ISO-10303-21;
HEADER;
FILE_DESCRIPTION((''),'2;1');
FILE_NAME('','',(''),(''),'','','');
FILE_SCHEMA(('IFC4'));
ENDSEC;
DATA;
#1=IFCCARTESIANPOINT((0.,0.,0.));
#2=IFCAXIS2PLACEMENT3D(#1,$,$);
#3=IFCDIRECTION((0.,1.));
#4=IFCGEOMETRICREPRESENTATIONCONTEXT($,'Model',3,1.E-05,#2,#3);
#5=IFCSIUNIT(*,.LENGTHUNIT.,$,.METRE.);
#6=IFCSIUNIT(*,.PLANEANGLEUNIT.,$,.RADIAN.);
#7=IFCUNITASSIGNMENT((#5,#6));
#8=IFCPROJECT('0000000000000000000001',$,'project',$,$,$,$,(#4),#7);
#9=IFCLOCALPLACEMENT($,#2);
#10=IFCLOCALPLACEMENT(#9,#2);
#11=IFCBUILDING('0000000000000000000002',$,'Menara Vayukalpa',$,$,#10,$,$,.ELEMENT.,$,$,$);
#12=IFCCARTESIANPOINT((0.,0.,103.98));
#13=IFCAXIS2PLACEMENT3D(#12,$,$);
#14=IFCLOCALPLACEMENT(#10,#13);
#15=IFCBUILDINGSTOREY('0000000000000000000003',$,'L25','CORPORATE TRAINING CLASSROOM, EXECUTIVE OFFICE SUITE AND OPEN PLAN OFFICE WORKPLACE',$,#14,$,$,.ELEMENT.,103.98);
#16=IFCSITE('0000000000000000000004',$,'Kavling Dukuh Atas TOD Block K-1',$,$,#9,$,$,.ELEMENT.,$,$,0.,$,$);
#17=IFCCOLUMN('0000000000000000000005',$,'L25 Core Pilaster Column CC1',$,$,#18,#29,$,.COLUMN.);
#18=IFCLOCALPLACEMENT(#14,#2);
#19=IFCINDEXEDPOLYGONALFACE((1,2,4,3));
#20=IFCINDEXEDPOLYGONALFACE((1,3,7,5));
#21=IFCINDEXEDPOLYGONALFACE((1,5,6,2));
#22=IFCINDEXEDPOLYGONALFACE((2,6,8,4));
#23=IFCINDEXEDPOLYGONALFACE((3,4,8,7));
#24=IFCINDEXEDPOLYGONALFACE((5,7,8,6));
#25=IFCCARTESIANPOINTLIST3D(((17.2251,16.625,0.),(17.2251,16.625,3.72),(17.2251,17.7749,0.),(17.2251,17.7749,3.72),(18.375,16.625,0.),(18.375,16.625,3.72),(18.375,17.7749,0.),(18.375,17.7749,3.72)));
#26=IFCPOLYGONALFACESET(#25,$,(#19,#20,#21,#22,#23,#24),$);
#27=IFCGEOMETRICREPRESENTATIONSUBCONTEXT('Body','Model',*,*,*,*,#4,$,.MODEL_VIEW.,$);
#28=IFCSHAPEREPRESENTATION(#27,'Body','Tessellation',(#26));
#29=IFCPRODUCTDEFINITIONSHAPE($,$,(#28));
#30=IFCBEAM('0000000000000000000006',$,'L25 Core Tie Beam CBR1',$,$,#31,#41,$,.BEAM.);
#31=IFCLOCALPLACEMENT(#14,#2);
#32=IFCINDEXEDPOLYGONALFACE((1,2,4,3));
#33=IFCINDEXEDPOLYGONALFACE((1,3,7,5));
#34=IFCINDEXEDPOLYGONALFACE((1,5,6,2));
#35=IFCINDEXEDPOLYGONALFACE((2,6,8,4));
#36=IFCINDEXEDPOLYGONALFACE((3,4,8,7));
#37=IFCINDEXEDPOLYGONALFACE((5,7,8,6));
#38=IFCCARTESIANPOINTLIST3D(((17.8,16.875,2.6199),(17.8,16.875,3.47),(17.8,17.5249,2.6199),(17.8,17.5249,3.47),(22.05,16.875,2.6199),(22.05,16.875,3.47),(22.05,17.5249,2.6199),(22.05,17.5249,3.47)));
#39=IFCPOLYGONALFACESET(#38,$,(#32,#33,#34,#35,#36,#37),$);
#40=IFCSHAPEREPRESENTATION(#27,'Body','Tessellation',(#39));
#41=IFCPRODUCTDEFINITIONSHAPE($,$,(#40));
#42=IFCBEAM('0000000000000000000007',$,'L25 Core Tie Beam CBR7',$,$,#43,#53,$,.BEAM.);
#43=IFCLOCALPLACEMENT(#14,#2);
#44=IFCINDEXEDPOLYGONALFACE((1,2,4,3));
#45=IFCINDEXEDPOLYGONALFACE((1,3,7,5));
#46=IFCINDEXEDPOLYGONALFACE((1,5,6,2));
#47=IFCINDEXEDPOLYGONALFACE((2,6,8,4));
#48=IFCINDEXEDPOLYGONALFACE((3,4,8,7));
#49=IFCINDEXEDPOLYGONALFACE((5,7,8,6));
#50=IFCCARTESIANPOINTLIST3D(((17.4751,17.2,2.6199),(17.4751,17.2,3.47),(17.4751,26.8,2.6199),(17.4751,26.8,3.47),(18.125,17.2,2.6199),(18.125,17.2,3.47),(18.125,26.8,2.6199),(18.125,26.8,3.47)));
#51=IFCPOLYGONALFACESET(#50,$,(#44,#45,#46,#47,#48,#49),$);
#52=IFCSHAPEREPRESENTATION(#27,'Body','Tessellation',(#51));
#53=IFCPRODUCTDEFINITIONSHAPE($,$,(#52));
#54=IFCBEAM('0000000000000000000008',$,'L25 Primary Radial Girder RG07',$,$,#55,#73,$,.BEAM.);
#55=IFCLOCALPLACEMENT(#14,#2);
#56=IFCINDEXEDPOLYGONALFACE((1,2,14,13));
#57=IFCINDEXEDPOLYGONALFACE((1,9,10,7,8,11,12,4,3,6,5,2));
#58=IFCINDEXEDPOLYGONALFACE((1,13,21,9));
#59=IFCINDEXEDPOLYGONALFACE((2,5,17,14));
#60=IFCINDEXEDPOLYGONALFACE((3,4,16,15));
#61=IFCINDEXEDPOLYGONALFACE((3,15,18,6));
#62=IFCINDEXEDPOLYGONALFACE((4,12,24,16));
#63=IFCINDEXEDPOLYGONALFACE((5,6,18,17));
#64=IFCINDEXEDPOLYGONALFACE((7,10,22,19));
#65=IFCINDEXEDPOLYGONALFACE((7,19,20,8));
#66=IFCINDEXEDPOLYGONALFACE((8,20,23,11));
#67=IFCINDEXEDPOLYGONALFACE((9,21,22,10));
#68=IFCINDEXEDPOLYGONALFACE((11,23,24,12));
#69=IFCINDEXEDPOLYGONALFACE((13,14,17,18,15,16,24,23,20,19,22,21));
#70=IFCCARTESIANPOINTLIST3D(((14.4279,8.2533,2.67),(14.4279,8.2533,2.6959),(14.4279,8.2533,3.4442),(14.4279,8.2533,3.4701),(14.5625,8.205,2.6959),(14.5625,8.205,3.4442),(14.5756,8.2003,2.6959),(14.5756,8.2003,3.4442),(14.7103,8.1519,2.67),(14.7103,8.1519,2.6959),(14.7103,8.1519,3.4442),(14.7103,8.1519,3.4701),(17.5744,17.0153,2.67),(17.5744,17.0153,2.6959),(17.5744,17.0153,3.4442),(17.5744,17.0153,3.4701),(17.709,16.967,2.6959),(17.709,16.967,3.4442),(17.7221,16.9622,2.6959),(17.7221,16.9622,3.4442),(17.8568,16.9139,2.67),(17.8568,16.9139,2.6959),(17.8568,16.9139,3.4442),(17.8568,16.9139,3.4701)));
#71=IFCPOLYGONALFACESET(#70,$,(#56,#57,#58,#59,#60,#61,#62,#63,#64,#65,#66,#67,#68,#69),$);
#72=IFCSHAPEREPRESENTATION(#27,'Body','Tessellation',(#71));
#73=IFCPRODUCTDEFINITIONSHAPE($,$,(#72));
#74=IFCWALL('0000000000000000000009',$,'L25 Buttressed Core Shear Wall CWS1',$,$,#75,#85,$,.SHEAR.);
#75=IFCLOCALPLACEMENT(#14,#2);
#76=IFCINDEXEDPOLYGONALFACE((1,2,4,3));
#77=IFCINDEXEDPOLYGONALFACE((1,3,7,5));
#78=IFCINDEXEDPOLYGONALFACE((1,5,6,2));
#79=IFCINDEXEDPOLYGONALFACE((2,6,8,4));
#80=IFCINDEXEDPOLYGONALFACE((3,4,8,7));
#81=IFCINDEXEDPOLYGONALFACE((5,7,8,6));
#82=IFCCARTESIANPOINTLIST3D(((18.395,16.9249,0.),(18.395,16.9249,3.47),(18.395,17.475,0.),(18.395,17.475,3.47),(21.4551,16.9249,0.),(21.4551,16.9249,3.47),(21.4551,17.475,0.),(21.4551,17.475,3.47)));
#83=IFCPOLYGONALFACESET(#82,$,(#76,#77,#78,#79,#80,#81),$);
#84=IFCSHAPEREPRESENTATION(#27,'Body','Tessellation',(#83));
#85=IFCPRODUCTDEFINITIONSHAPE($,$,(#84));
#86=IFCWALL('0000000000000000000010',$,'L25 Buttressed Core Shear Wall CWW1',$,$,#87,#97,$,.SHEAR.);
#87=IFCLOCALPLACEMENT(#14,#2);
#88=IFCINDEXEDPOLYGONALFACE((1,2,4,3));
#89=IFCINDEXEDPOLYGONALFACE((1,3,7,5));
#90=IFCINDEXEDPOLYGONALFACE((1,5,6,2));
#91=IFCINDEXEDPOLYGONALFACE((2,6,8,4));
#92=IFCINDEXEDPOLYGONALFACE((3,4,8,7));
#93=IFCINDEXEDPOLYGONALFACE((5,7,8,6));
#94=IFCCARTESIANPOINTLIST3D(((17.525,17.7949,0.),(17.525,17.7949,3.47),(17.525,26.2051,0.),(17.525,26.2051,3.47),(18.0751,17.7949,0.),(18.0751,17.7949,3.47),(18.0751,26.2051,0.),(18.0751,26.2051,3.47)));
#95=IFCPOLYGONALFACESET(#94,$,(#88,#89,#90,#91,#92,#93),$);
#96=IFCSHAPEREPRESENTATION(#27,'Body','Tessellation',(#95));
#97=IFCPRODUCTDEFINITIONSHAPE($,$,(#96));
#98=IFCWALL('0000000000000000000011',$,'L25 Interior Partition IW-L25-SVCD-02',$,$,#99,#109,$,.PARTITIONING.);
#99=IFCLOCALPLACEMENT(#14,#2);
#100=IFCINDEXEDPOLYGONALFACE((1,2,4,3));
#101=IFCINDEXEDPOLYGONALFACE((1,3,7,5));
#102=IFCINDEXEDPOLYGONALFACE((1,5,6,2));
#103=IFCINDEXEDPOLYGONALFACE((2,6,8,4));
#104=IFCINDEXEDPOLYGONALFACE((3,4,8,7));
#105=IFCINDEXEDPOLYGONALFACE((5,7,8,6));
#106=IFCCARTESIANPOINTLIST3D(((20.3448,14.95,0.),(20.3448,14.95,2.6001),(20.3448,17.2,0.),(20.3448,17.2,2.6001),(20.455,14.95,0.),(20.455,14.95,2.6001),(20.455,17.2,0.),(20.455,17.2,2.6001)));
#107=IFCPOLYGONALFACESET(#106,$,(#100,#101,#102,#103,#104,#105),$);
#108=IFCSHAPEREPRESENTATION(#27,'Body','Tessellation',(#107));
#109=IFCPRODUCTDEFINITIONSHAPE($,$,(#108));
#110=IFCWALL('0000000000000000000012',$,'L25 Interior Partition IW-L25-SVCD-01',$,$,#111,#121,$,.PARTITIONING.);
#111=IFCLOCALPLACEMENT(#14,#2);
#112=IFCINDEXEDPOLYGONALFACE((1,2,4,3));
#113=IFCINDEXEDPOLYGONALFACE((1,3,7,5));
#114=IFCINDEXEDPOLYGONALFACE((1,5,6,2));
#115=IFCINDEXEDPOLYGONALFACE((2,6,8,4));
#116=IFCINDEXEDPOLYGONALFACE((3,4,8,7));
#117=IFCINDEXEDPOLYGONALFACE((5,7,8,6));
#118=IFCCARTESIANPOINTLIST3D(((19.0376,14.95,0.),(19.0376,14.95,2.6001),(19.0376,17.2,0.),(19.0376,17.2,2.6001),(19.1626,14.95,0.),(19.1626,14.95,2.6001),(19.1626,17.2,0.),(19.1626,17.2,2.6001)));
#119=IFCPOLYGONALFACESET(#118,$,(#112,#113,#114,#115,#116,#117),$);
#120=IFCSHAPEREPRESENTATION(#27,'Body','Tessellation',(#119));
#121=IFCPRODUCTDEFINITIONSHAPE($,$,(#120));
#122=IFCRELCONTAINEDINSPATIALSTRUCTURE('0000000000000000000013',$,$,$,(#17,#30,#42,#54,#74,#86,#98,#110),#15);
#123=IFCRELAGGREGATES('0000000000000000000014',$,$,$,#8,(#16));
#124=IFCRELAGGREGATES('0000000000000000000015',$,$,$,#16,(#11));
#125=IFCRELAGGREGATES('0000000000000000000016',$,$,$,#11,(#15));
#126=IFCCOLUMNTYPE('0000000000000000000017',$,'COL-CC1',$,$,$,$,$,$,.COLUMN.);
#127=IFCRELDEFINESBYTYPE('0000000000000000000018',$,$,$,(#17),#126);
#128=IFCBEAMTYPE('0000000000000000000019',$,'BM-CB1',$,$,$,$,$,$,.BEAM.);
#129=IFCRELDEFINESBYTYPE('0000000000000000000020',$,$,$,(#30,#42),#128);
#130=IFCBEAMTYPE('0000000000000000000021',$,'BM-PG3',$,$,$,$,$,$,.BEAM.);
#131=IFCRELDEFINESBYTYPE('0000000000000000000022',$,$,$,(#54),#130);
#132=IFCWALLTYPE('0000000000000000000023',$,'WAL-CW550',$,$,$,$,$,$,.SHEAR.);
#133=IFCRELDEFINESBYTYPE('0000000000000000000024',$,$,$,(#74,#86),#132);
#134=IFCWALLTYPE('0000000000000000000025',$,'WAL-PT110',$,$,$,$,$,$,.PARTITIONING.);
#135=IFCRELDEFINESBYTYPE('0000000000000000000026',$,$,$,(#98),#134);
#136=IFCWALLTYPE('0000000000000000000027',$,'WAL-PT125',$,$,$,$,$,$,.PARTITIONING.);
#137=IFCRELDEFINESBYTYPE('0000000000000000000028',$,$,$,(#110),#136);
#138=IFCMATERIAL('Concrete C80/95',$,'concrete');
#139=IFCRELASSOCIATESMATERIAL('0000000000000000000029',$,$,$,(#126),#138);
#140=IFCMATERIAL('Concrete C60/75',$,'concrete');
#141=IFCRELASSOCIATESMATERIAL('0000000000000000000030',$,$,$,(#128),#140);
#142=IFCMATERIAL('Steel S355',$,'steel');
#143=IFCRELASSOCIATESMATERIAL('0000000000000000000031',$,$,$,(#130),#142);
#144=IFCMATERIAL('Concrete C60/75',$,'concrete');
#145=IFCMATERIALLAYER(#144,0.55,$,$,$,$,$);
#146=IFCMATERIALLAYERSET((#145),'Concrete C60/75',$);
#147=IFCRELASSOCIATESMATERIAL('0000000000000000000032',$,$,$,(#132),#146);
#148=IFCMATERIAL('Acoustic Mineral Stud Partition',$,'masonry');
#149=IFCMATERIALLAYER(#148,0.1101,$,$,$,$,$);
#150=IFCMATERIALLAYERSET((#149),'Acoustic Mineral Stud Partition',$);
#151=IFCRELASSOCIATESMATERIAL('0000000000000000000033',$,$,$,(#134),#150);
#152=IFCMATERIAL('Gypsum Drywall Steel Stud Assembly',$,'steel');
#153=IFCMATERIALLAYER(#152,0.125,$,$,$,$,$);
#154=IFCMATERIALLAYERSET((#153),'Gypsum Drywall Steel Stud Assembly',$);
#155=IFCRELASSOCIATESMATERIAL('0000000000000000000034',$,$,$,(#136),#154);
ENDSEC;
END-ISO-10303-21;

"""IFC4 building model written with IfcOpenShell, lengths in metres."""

from ifc_helpers import new_model, si_unit, direction, frame, frame_2d, origin, origin_2d, place, context, subcontext, project, spatial, rectangle, i_section, extrude, material, layer, layer_set, material_profile, profile_set, type_object, element, save


model = new_model("IFC4")

# Units and contexts
model_context = context("Model", 3, precision=1e-05, world=origin(), true_north=direction((0.0, 1.0)))
body_context = subcontext(model_context, "Body", "Model", "MODEL_VIEW")
ifc_project = project(units=[si_unit("LENGTHUNIT", "METRE"), si_unit("PLANEANGLEUNIT", "RADIAN")], contexts=[model_context])

# Site, building, storey
site_placement = place(None, origin())
site = spatial("IfcSite", under=ifc_project, at=site_placement, Name="Kavling Dukuh Atas TOD Block K-1", CompositionType="ELEMENT", RefElevation=0.0)
building_placement = place(site_placement, origin())
building = spatial("IfcBuilding", under=site, at=building_placement, Name="Menara Vayukalpa", CompositionType="ELEMENT")
storey_placement = place(building_placement, frame((0.0, 0.0, 103.98)))
storey = spatial("IfcBuildingStorey", under=building, at=storey_placement, Name="L25", Description="CORPORATE TRAINING CLASSROOM, EXECUTIVE OFFICE SUITE AND OPEN PLAN OFFICE WORKPLACE", CompositionType="ELEMENT", Elevation=103.98)

# Column
ifc_material_1 = material(Name="Concrete C80/95", Category="concrete")
ifc_material_profile_1 = material_profile(ifc_material_1, rectangle(XDim=1.1499, YDim=1.1499, at=origin_2d()), Name="RC 1150x1150")
ifc_profile_set_1 = profile_set([ifc_material_profile_1], Name="Concrete C80/95")
column_type = type_object("IfcColumnType", Name="COL-CC1", PredefinedType="COLUMN", material=ifc_profile_set_1)
column_placement = place(storey_placement, frame((17.8, 17.2, 0.0), z_axis=(0.0, 0.0, 1.0), x_axis=(1.0, 0.0, 0.0)))
element("IfcColumn", 1, at=column_placement, inside=storey, type_object=column_type, Name="L25 Core Pilaster Column CC1", PredefinedType="COLUMN", context=body_context, shape_type="SweptSolid", body=[
    extrude(rectangle(XDim=1.1499, YDim=1.1499, at=origin_2d()), origin(), (0.0, 0.0, 1.0), 3.72),
])

# Beams
ifc_material_2 = material(Name="Concrete C60/75", Category="concrete")
ifc_material_profile_2 = material_profile(ifc_material_2, rectangle(XDim=0.6499, YDim=0.8501, at=origin_2d()), Name="RC 650x850")
ifc_profile_set_2 = profile_set([ifc_material_profile_2], Name="Concrete C60/75")
beam_type_1 = type_object("IfcBeamType", Name="BM-CB1", PredefinedType="BEAM", material=ifc_profile_set_2)
beam_1_placement = place(storey_placement, frame((17.8, 17.2, 3.0449), z_axis=(1.0, 0.0, 0.0), x_axis=(0.0, 1.0, 0.0)))
element("IfcBeam", 2, at=beam_1_placement, inside=storey, type_object=beam_type_1, Name="L25 Core Tie Beam CBR1", PredefinedType="BEAM", context=body_context, shape_type="SweptSolid", body=[
    extrude(rectangle(XDim=0.6499, YDim=0.8501, at=origin_2d()), origin(), (0.0, 0.0, 1.0), 4.25),
])
beam_2_placement = place(storey_placement, frame((17.8, 17.2, 3.0449), z_axis=(0.0, 1.0, 0.0), x_axis=(-1.0, 0.0, 0.0)))
element("IfcBeam", 3, at=beam_2_placement, inside=storey, type_object=beam_type_1, Name="L25 Core Tie Beam CBR7", PredefinedType="BEAM", context=body_context, shape_type="SweptSolid", body=[
    extrude(rectangle(XDim=0.6499, YDim=0.8501, at=origin_2d()), origin(), (0.0, 0.0, 1.0), 9.6001),
])
ifc_material_3 = material(Name="Steel S355", Category="steel")
ifc_material_profile_3 = material_profile(ifc_material_3, i_section(OverallWidth=0.3, OverallDepth=0.8, WebThickness=0.0139, FlangeThickness=0.0259, at=origin_2d()), Name="WF 800x300x14x26")
ifc_profile_set_3 = profile_set([ifc_material_profile_3], Name="Steel S355")
beam_type_2 = type_object("IfcBeamType", Name="BM-PG3", PredefinedType="BEAM", material=ifc_profile_set_3)
beam_3_placement = place(storey_placement, frame((17.7156, 16.9646, 3.0701), z_axis=(-0.337976, -0.941155, 0.0), x_axis=(0.941155, -0.337976, 0.0)))
element("IfcBeam", 4, at=beam_3_placement, inside=storey, type_object=beam_type_2, Name="L25 Primary Radial Girder RG07", PredefinedType="BEAM", context=body_context, shape_type="SweptSolid", body=[
    extrude(i_section(OverallWidth=0.3, OverallDepth=0.8, WebThickness=0.0139, FlangeThickness=0.0259, at=origin_2d()), origin(), (0.0, 0.0, 1.0), 9.3098),
])

# Walls
ifc_material_4 = material(Name="Concrete C60/75", Category="concrete")
ifc_layer_1 = layer(ifc_material_4, 0.55)
ifc_layer_set_1 = layer_set([ifc_layer_1], Name="Concrete C60/75")
wall_type_1 = type_object("IfcWallType", Name="WAL-CW550", PredefinedType="SHEAR", material=ifc_layer_set_1)
wall_1_placement = place(storey_placement, frame((18.395, 17.2, 0.0), z_axis=(0.0, 0.0, 1.0), x_axis=(1.0, 0.0, 0.0)))
element("IfcWall", 5, at=wall_1_placement, inside=storey, type_object=wall_type_1, Name="L25 Buttressed Core Shear Wall CWS1", PredefinedType="SHEAR", context=body_context, shape_type="SweptSolid", body=[
    extrude(rectangle(XDim=3.0601, YDim=0.55, at=frame_2d((1.53, 0.0))), origin(), (0.0, 0.0, 1.0), 3.47),
])
wall_2_placement = place(storey_placement, frame((17.8, 17.7949, 0.0), z_axis=(0.0, 0.0, 1.0), x_axis=(0.0, 1.0, 0.0)))
element("IfcWall", 6, at=wall_2_placement, inside=storey, type_object=wall_type_1, Name="L25 Buttressed Core Shear Wall CWW1", PredefinedType="SHEAR", context=body_context, shape_type="SweptSolid", body=[
    extrude(rectangle(XDim=8.4102, YDim=0.55, at=frame_2d((4.2051, 0.0))), origin(), (0.0, 0.0, 1.0), 3.47),
])
ifc_material_5 = material(Name="Acoustic Mineral Stud Partition", Category="masonry")
ifc_layer_2 = layer(ifc_material_5, 0.1101)
ifc_layer_set_2 = layer_set([ifc_layer_2], Name="Acoustic Mineral Stud Partition")
wall_type_2 = type_object("IfcWallType", Name="WAL-PT110", PredefinedType="PARTITIONING", material=ifc_layer_set_2)
wall_3_placement = place(storey_placement, frame((20.3999, 14.95, 0.0), z_axis=(0.0, 0.0, 1.0), x_axis=(0.0, 1.0, 0.0)))
element("IfcWall", 7, at=wall_3_placement, inside=storey, type_object=wall_type_2, Name="L25 Interior Partition IW-L25-SVCD-02", PredefinedType="PARTITIONING", context=body_context, shape_type="SweptSolid", body=[
    extrude(rectangle(XDim=2.25, YDim=0.1101, at=frame_2d((1.125, 0.0))), origin(), (0.0, 0.0, 1.0), 2.6001),
])
ifc_material_6 = material(Name="Gypsum Drywall Steel Stud Assembly", Category="steel")
ifc_layer_3 = layer(ifc_material_6, 0.125)
ifc_layer_set_3 = layer_set([ifc_layer_3], Name="Gypsum Drywall Steel Stud Assembly")
wall_type_3 = type_object("IfcWallType", Name="WAL-PT125", PredefinedType="PARTITIONING", material=ifc_layer_set_3)
wall_4_placement = place(storey_placement, frame((19.1001, 14.95, 0.0), z_axis=(0.0, 0.0, 1.0), x_axis=(0.0, 1.0, 0.0)))
element("IfcWall", 8, at=wall_4_placement, inside=storey, type_object=wall_type_3, Name="L25 Interior Partition IW-L25-SVCD-01", PredefinedType="PARTITIONING", context=body_context, shape_type="SweptSolid", body=[
    extrude(rectangle(XDim=2.25, YDim=0.125, at=frame_2d((1.125, 0.0))), origin(), (0.0, 0.0, 1.0), 2.6001),
])

save(model, "model.ifc")
